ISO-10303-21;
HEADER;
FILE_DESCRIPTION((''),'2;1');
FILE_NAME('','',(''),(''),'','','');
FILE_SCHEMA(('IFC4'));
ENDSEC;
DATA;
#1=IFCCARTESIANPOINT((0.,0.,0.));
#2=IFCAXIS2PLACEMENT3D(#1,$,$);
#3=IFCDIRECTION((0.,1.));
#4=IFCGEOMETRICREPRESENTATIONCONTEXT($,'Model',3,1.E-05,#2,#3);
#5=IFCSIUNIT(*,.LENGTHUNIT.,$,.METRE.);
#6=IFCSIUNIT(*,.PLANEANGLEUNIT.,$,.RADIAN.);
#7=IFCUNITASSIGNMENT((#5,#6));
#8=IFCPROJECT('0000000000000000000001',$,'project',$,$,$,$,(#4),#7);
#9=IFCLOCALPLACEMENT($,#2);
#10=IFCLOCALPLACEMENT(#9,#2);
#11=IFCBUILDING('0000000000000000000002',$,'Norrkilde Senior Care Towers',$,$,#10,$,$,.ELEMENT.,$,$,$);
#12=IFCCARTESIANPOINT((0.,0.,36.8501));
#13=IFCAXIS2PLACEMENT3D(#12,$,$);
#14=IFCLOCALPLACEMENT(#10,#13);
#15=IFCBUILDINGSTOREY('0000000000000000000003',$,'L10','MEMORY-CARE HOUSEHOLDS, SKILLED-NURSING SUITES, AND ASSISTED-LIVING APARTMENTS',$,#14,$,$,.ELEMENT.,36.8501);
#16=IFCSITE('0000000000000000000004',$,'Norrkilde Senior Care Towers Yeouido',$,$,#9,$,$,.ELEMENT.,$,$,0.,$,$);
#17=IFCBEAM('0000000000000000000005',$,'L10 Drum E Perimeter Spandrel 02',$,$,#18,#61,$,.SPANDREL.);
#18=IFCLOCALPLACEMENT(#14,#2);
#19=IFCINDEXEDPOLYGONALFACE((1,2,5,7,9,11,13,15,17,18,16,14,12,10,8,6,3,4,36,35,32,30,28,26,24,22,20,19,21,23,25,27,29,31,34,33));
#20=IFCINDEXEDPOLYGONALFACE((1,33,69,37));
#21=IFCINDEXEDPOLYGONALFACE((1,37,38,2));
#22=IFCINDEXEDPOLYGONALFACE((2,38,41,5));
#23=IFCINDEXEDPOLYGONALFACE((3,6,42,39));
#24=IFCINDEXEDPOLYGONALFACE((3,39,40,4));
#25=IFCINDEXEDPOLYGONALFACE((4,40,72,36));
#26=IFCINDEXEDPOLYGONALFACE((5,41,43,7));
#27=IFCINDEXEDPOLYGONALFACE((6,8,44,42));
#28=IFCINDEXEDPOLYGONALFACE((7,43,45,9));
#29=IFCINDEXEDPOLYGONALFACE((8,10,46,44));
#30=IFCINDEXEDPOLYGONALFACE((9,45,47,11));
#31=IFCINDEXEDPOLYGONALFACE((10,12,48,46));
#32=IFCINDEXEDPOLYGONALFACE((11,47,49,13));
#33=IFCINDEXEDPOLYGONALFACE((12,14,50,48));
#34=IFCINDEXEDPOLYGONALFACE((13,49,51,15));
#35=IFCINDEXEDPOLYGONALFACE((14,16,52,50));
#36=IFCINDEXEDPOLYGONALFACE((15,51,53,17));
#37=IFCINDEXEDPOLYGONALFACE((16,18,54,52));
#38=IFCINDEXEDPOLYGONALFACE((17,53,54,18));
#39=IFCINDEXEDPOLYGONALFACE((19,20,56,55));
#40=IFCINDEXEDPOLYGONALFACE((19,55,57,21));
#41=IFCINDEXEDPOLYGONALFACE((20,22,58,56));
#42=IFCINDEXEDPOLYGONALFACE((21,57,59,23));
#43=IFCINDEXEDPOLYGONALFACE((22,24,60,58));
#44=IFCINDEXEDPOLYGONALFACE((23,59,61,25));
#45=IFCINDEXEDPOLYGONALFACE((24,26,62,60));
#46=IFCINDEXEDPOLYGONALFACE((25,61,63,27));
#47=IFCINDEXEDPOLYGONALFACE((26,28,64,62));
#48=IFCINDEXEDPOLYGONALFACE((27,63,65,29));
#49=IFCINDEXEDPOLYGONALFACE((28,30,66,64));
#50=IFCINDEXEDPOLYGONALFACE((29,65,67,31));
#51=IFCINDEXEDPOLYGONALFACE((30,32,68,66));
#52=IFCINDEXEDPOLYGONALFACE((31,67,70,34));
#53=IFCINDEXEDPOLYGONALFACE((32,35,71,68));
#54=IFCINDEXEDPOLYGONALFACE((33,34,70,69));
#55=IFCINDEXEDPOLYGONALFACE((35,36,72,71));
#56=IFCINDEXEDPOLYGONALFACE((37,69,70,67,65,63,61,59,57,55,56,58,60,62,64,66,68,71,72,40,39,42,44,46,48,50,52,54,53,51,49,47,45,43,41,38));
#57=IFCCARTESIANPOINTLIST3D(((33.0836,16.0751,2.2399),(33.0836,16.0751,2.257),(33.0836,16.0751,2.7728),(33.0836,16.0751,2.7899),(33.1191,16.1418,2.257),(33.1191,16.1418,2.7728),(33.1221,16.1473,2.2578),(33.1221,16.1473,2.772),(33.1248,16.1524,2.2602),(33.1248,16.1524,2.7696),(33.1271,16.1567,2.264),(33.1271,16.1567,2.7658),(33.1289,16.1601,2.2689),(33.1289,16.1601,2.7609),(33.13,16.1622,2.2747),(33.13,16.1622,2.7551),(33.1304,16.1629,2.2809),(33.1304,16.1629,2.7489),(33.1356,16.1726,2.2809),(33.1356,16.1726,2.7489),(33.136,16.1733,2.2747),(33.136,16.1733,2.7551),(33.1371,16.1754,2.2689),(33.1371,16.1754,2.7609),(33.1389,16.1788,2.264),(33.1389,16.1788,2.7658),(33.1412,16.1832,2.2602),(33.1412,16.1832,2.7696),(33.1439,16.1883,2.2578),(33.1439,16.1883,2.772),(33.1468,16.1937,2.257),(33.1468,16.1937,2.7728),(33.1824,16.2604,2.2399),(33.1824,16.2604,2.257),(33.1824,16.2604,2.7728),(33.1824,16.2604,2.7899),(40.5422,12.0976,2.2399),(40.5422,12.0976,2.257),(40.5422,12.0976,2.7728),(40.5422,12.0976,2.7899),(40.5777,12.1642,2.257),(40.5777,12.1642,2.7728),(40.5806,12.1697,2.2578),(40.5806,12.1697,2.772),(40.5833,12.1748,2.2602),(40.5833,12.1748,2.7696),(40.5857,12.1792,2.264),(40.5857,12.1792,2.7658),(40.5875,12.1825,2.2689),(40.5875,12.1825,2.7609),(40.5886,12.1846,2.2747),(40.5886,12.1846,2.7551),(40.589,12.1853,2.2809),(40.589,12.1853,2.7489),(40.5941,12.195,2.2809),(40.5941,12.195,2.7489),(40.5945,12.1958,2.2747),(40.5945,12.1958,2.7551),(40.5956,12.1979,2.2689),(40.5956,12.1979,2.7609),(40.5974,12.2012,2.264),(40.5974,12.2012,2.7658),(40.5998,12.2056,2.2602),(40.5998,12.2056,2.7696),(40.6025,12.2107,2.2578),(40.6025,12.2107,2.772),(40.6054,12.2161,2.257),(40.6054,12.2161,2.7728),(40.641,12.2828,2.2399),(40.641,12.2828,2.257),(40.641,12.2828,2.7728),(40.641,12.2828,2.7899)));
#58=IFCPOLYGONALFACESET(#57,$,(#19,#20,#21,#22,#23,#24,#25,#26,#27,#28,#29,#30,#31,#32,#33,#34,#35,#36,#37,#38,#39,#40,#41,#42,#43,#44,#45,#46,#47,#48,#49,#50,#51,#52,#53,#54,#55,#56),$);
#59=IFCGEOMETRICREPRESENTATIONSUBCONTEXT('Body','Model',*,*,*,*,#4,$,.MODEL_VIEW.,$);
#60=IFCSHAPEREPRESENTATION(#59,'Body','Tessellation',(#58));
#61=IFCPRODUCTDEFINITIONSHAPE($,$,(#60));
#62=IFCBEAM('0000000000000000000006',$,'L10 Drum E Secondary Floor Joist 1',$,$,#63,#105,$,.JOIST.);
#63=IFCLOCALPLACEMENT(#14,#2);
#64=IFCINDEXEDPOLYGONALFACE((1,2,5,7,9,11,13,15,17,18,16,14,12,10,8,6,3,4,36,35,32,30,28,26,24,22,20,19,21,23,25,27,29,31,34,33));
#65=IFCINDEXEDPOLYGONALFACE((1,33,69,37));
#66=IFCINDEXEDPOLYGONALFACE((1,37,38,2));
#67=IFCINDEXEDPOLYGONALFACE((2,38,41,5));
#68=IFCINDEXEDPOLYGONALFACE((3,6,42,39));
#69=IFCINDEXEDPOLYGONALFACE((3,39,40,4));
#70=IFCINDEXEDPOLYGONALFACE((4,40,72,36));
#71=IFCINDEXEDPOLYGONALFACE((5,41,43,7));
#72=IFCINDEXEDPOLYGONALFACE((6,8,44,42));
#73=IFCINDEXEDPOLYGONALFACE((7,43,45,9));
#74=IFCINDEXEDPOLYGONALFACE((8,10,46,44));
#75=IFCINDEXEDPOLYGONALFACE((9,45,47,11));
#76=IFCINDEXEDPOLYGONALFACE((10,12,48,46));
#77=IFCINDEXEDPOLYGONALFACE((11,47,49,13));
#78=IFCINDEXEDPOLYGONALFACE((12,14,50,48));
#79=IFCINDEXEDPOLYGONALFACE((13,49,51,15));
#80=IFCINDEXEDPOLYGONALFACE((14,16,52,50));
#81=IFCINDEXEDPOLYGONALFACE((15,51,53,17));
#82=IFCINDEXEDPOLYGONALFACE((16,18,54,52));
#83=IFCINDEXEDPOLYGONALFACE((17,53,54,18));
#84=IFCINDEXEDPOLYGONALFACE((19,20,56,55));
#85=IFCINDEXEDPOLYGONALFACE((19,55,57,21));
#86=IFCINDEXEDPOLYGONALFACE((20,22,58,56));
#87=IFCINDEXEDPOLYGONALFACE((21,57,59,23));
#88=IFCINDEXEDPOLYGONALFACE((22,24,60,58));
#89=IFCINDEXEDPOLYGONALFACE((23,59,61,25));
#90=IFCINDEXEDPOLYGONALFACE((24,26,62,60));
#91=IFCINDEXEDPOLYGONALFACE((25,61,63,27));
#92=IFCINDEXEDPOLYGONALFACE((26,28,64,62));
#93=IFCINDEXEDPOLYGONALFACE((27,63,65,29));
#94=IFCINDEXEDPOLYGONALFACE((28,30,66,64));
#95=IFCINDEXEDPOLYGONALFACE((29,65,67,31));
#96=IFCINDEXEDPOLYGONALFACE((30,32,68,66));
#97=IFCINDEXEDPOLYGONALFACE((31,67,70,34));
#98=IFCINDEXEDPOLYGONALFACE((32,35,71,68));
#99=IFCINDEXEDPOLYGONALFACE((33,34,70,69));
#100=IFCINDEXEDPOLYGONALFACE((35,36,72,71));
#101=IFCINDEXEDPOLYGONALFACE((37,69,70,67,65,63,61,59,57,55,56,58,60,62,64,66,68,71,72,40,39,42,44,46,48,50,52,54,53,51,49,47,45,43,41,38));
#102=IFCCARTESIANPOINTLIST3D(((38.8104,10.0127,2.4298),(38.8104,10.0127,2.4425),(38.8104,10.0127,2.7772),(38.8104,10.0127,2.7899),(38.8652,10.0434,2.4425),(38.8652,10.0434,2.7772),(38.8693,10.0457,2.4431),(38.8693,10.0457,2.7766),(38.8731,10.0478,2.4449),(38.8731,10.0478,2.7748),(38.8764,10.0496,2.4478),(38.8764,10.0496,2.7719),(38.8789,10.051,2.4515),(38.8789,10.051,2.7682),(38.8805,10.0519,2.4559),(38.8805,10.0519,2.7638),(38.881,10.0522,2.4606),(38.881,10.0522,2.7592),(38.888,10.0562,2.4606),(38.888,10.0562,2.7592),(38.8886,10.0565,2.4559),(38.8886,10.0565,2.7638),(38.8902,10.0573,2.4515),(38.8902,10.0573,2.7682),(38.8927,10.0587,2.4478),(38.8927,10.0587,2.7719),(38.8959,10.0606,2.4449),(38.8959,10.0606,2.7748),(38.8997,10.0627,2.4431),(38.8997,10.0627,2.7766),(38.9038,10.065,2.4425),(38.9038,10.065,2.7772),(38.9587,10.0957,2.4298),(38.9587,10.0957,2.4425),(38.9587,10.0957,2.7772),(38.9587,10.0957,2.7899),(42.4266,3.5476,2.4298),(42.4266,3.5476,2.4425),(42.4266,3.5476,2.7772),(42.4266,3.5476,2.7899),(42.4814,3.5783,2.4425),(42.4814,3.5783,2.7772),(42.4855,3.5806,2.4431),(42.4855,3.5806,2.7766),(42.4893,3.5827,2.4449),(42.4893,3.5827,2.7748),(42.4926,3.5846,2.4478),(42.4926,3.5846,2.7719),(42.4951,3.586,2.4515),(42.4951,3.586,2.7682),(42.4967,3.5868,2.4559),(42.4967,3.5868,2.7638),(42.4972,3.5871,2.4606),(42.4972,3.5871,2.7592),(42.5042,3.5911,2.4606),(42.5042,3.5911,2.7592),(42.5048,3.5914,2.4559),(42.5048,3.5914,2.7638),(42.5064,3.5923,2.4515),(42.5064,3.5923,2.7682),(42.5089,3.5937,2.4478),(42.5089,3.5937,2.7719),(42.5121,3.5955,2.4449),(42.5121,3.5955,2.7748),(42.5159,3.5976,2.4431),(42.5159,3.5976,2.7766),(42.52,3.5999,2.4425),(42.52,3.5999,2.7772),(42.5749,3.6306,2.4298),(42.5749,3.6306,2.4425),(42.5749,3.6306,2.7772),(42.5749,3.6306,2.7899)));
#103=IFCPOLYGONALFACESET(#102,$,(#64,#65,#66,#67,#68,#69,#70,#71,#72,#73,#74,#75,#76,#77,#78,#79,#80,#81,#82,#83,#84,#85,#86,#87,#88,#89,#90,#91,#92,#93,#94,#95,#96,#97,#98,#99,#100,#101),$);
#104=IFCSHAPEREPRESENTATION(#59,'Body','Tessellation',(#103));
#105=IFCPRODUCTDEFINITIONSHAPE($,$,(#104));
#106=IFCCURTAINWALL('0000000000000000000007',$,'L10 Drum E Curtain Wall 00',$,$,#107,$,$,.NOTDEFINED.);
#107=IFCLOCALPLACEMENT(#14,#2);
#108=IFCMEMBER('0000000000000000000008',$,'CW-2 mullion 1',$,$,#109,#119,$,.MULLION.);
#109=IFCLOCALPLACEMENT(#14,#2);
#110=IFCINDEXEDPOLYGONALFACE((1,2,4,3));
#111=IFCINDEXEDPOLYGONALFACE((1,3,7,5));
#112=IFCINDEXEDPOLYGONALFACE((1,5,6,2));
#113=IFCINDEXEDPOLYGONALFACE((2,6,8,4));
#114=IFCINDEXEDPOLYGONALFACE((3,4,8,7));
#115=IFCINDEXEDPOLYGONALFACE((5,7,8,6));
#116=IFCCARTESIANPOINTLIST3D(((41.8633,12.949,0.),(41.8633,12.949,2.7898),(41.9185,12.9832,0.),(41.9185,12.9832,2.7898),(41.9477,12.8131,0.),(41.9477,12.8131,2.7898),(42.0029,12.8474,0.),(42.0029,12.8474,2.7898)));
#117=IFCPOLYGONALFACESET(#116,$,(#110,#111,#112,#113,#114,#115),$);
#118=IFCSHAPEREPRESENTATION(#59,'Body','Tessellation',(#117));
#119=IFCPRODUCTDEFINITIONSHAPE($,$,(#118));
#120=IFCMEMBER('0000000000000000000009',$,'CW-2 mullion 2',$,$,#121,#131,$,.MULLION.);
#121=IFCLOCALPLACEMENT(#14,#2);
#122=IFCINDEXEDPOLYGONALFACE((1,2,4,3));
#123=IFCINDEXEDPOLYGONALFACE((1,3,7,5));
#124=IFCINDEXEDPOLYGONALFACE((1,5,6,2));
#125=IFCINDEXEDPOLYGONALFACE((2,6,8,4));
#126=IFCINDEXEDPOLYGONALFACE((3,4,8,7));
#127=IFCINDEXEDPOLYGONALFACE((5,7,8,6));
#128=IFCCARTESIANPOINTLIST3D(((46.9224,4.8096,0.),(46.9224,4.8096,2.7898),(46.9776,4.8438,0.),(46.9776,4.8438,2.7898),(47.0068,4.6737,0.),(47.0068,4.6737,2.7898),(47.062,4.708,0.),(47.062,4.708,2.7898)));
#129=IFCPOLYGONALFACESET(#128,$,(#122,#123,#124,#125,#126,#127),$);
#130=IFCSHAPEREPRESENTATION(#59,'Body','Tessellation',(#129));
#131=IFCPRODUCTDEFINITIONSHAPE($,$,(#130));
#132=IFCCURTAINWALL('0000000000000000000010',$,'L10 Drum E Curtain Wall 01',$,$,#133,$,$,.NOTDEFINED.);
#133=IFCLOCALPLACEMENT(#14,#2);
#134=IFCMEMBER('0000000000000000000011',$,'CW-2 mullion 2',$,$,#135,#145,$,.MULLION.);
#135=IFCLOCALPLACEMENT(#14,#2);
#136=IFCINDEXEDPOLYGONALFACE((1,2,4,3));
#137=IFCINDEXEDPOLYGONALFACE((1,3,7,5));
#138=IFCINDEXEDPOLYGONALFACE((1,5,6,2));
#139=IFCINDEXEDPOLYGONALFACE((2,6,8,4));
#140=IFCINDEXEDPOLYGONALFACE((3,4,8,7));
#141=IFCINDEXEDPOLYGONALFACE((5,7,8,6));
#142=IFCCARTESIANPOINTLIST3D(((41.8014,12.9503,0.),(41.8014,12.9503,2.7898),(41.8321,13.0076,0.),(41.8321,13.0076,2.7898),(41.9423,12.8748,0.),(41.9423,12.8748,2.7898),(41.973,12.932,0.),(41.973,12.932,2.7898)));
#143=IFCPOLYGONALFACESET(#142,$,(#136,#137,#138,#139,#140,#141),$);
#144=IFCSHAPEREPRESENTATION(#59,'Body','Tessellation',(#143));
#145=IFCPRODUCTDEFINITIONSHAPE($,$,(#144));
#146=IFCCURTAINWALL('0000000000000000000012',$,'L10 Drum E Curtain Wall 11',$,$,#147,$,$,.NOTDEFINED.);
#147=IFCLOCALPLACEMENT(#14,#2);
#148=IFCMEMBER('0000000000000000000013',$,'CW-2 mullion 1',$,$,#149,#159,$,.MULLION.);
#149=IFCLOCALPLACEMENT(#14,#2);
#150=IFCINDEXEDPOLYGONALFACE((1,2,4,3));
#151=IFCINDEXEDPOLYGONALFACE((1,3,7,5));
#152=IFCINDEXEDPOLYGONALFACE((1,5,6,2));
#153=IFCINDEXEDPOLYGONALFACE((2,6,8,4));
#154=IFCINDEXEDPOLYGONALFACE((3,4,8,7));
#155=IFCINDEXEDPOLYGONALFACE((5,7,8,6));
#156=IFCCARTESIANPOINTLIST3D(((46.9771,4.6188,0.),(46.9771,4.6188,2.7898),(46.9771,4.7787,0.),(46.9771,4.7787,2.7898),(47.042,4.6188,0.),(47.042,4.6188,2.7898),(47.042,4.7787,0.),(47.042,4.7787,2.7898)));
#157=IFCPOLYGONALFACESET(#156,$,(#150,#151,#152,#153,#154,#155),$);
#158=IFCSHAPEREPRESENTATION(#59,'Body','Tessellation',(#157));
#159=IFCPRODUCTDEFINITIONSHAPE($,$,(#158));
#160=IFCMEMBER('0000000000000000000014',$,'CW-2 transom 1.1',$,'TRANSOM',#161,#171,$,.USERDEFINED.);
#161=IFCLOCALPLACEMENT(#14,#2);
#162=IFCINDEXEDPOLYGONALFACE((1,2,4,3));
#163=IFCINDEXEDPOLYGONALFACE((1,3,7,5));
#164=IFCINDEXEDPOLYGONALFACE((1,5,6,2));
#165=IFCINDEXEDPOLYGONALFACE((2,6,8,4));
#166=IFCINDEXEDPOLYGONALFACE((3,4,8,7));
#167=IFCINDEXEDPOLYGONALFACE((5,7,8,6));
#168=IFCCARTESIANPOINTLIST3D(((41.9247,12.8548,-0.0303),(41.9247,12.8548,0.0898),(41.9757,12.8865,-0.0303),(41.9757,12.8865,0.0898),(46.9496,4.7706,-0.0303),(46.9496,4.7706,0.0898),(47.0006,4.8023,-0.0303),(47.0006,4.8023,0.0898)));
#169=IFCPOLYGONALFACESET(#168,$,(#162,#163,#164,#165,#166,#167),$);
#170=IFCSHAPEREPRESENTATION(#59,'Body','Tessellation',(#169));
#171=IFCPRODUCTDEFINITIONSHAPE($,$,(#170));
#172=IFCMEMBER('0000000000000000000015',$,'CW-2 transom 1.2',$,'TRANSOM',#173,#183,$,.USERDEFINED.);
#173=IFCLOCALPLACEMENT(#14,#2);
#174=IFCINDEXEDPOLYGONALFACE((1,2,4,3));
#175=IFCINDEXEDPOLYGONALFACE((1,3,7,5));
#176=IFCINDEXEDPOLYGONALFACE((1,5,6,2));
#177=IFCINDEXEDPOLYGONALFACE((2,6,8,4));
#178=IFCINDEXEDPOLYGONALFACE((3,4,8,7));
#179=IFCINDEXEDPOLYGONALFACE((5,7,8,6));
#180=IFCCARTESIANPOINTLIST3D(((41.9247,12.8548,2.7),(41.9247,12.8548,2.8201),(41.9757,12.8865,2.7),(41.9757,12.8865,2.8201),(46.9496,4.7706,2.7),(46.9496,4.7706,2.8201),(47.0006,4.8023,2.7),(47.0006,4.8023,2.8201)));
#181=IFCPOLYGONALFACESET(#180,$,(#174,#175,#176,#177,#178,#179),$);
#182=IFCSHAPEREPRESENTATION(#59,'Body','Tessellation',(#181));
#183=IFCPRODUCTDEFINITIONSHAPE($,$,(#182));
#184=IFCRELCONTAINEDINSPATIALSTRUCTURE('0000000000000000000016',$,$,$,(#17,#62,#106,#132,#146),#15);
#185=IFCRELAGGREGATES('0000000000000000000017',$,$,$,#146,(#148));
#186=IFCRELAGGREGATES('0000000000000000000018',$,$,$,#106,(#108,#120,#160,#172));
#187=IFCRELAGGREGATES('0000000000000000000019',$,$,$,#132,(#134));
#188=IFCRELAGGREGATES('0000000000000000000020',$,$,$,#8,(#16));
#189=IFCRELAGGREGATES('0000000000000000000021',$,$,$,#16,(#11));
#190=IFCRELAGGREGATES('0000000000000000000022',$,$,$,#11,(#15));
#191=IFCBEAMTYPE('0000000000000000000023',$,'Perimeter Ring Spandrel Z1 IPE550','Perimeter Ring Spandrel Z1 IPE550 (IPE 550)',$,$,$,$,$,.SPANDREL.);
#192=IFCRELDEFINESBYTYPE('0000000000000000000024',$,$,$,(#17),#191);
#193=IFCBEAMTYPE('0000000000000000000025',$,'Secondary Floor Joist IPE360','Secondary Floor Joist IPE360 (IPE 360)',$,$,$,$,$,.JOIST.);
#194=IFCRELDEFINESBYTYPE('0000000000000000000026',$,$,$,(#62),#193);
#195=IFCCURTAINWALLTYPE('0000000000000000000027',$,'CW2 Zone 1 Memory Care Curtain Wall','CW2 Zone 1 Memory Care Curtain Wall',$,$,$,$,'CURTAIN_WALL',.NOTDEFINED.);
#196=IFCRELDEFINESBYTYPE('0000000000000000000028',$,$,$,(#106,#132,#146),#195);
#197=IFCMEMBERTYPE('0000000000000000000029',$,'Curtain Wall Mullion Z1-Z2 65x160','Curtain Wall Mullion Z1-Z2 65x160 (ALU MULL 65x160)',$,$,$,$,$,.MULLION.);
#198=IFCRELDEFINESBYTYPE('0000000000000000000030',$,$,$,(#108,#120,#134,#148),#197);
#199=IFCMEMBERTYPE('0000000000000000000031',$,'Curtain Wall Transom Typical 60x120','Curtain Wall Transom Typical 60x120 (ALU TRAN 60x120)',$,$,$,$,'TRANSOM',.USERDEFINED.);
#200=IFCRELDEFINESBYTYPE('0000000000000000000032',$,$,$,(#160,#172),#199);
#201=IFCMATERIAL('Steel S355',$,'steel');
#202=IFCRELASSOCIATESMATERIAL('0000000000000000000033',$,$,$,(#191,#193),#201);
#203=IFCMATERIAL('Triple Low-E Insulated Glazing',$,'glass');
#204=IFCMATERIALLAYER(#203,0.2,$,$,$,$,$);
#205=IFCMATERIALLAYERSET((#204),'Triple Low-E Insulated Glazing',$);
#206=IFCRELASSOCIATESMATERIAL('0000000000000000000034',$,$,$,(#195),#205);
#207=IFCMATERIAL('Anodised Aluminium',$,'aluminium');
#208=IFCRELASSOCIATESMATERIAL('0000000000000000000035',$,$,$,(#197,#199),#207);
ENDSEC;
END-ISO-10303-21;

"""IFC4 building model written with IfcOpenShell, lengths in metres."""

from ifc_helpers import new_model, si_unit, direction, frame, origin, origin_2d, place, context, subcontext, project, spatial, rectangle, i_section, extrude, source, transform, mapped, material, layer, layer_set, material_profile, profile_set, type_object, type_shapes, element, aggregate, save


model = new_model("IFC4")

# Units and contexts
model_context = context("Model", 3, precision=1e-05, world=origin(), true_north=direction((0.0, 1.0)))
body_context = subcontext(model_context, "Body", "Model", "MODEL_VIEW")
ifc_project = project(units=[si_unit("LENGTHUNIT", "METRE"), si_unit("PLANEANGLEUNIT", "RADIAN")], contexts=[model_context])

# Site, building, storey
site_placement = place(None, origin())
site = spatial("IfcSite", under=ifc_project, at=site_placement, Name="Norrkilde Senior Care Towers Yeouido", CompositionType="ELEMENT", RefElevation=0.0)
building_placement = place(site_placement, origin())
building = spatial("IfcBuilding", under=site, at=building_placement, Name="Norrkilde Senior Care Towers", CompositionType="ELEMENT")
storey_placement = place(building_placement, frame((0.0, 0.0, 36.8501)))
storey = spatial("IfcBuildingStorey", under=building, at=storey_placement, Name="L10", Description="MEMORY-CARE HOUSEHOLDS, SKILLED-NURSING SUITES, AND ASSISTED-LIVING APARTMENTS", CompositionType="ELEMENT", Elevation=36.8501)

# Beams
ifc_material_1 = material(Name="Steel S355", Category="steel")
ifc_material_profile_1 = material_profile(ifc_material_1, i_section(OverallWidth=0.21, OverallDepth=0.55, WebThickness=0.011, FlangeThickness=0.0171, FilletRadius=0.0239, at=origin_2d()), Name="IPE 550")
ifc_profile_set_1 = profile_set([ifc_material_profile_1], Name="Steel S355")
beam_type_1 = type_object("IfcBeamType", Name="Perimeter Ring Spandrel Z1 IPE550", Description="Perimeter Ring Spandrel Z1 IPE550 (IPE 550)", PredefinedType="SPANDREL", material=ifc_profile_set_1)
shared_shape_1 = source(origin(), body_context, "Body", "SweptSolid", [
    extrude(i_section(OverallWidth=0.21, OverallDepth=0.55, WebThickness=0.011, FlangeThickness=0.0171, FilletRadius=0.0239, at=origin_2d()), origin(), (0.0, 0.0, 1.0), 8.4529),
])
beam_1_placement = place(storey_placement, frame((40.5916, 12.1902, 2.5149), z_axis=(-0.882369, 0.470558, 0.0), x_axis=(-0.470558, -0.882369, 0.0)))
element("IfcBeam", 1, at=beam_1_placement, inside=storey, type_object=beam_type_1, Name="L10 Drum E Perimeter Spandrel 02", PredefinedType="SPANDREL", context=body_context, shape_type="MappedRepresentation", body=[
    mapped(shared_shape_1, transform((0.0, 0.0, 0.0), x_axis=(1.0, 0.0, 0.0), y_axis=(0.0, 1.0, 0.0), z_axis=(0.0, 0.0, 1.0), scale=1.0)),
])
ifc_material_profile_2 = material_profile(ifc_material_1, i_section(OverallWidth=0.1699, OverallDepth=0.3601, WebThickness=0.0081, FlangeThickness=0.0127, FilletRadius=0.0181, at=origin_2d()), Name="IPE 360")
ifc_profile_set_2 = profile_set([ifc_material_profile_2], Name="Steel S355")
beam_type_2 = type_object("IfcBeamType", Name="Secondary Floor Joist IPE360", Description="Secondary Floor Joist IPE360 (IPE 360)", PredefinedType="JOIST", material=ifc_profile_set_2)
shared_shape_2 = source(origin(), body_context, "Body", "SweptSolid", [
    extrude(i_section(OverallWidth=0.1699, OverallDepth=0.3601, WebThickness=0.0081, FlangeThickness=0.0127, FilletRadius=0.0181, at=origin_2d()), origin(), (0.0, 0.0, 1.0), 7.4077),
])
type_shapes(beam_type_2, [shared_shape_2])
beam_2_placement = place(storey_placement, frame((42.5007, 3.5891, 2.6099), z_axis=(-0.488168, 0.87275, 0.0), x_axis=(-0.87275, -0.488168, 0.0)))
element("IfcBeam", 2, at=beam_2_placement, inside=storey, type_object=beam_type_2, Name="L10 Drum E Secondary Floor Joist 1", PredefinedType="JOIST", context=body_context, shape_type="MappedRepresentation", body=[
    mapped(shared_shape_2, transform((0.0, 0.0, 0.0), x_axis=(1.0, 0.0, 0.0), y_axis=(0.0, 1.0, 0.0), z_axis=(0.0, 0.0, 1.0), scale=1.0)),
])

# Curtain wall, members
ifc_material_2 = material(Name="Triple Low-E Insulated Glazing", Category="glass")
ifc_layer_1 = layer(ifc_material_2, 0.2)
ifc_layer_set_1 = layer_set([ifc_layer_1], Name="Triple Low-E Insulated Glazing")
curtain_wall_type = type_object("IfcCurtainWallType", Name="CW2 Zone 1 Memory Care Curtain Wall", Description="CW2 Zone 1 Memory Care Curtain Wall", ElementType="CURTAIN_WALL", PredefinedType="NOTDEFINED", material=ifc_layer_set_1)
curtain_wall_1_placement = place(storey_placement, origin())
curtain_wall_1 = element("IfcCurtainWall", 3, at=curtain_wall_1_placement, inside=storey, type_object=curtain_wall_type, Name="L10 Drum E Curtain Wall 00", PredefinedType="NOTDEFINED")
ifc_material_3 = material(Name="Anodised Aluminium", Category="aluminium")
ifc_material_profile_3 = material_profile(ifc_material_3, rectangle(XDim=0.0649, YDim=0.1599, at=origin_2d()), Name="ALU MULL 65x160")
ifc_profile_set_3 = profile_set([ifc_material_profile_3], Name="Anodised Aluminium")
member_type_1 = type_object("IfcMemberType", Name="Curtain Wall Mullion Z1-Z2 65x160", Description="Curtain Wall Mullion Z1-Z2 65x160 (ALU MULL 65x160)", PredefinedType="MULLION", material=ifc_profile_set_3)
shared_shape_3 = source(origin(), body_context, "Body", "SweptSolid", [
    extrude(rectangle(XDim=0.0649, YDim=0.1599, at=origin_2d()), origin(), (0.0, 0.0, 1.0), 2.7898),
])
type_shapes(member_type_1, [shared_shape_3])
member_1_placement = place(storey_placement, frame((41.9331, 12.8982, 0.0), z_axis=(0.0, 0.0, 1.0), x_axis=(0.849306, 0.527901, 0.0)))
member_1 = element("IfcMember", 4, at=member_1_placement, type_object=member_type_1, Name="CW-2 mullion 1", PredefinedType="MULLION", context=body_context, shape_type="MappedRepresentation", body=[
    mapped(shared_shape_3, transform((0.0, 0.0, 0.0), x_axis=(1.0, 0.0, 0.0), y_axis=(0.0, 1.0, 0.0), z_axis=(0.0, 0.0, 1.0), scale=1.0)),
])
member_2_placement = place(storey_placement, frame((46.9922, 4.7588, 0.0), z_axis=(0.0, 0.0, 1.0), x_axis=(0.849306, 0.527901, 0.0)))
member_2 = element("IfcMember", 5, at=member_2_placement, type_object=member_type_1, Name="CW-2 mullion 2", PredefinedType="MULLION", context=body_context, shape_type="MappedRepresentation", body=[
    mapped(shared_shape_3, transform((0.0, 0.0, 0.0), x_axis=(1.0, 0.0, 0.0), y_axis=(0.0, 1.0, 0.0), z_axis=(0.0, 0.0, 1.0), scale=1.0)),
])

# Curtain walls, members
curtain_wall_2_placement = place(storey_placement, origin())
curtain_wall_2 = element("IfcCurtainWall", 6, at=curtain_wall_2_placement, inside=storey, type_object=curtain_wall_type, Name="L10 Drum E Curtain Wall 01", PredefinedType="NOTDEFINED")
member_3_placement = place(storey_placement, frame((41.8872, 12.9412, 0.0), z_axis=(0.0, 0.0, 1.0), x_axis=(0.472608, 0.881273, 0.0)))
member_3 = element("IfcMember", 7, at=member_3_placement, type_object=member_type_1, Name="CW-2 mullion 2", PredefinedType="MULLION", context=body_context, shape_type="MappedRepresentation", body=[
    mapped(shared_shape_3, transform((0.0, 0.0, 0.0), x_axis=(1.0, 0.0, 0.0), y_axis=(0.0, 1.0, 0.0), z_axis=(0.0, 0.0, 1.0), scale=1.0)),
])
curtain_wall_3_placement = place(storey_placement, origin())
curtain_wall_3 = element("IfcCurtainWall", 8, at=curtain_wall_3_placement, inside=storey, type_object=curtain_wall_type, Name="L10 Drum E Curtain Wall 11", PredefinedType="NOTDEFINED")
member_4_placement = place(storey_placement, frame((47.0095, 4.6987, 0.0), z_axis=(0.0, 0.0, 1.0), x_axis=(1.0, 0.0, 0.0)))
member_4 = element("IfcMember", 9, at=member_4_placement, type_object=member_type_1, Name="CW-2 mullion 1", PredefinedType="MULLION", context=body_context, shape_type="MappedRepresentation", body=[
    mapped(shared_shape_3, transform((0.0, 0.0, 0.0), x_axis=(1.0, 0.0, 0.0), y_axis=(0.0, 1.0, 0.0), z_axis=(0.0, 0.0, 1.0), scale=1.0)),
])

# Members
ifc_material_profile_4 = material_profile(ifc_material_3, rectangle(XDim=0.0601, YDim=0.1201, at=origin_2d()), Name="ALU TRAN 60x120")
ifc_profile_set_4 = profile_set([ifc_material_profile_4], Name="Anodised Aluminium")
member_type_2 = type_object("IfcMemberType", Name="Curtain Wall Transom Typical 60x120", Description="Curtain Wall Transom Typical 60x120 (ALU TRAN 60x120)", ElementType="TRANSOM", PredefinedType="USERDEFINED", material=ifc_profile_set_4)
shared_shape_4 = source(origin(), body_context, "Body", "SweptSolid", [
    extrude(rectangle(XDim=0.0601, YDim=0.1201, at=origin_2d()), origin(), (0.0, 0.0, 1.0), 9.5186),
])
member_5_placement = place(storey_placement, frame((41.9502, 12.8706, 0.0298), z_axis=(0.527902, -0.849306, 0.0), x_axis=(0.849306, 0.527902, 0.0)))
member_5 = element("IfcMember", 10, at=member_5_placement, type_object=member_type_2, Name="CW-2 transom 1.1", ObjectType="TRANSOM", PredefinedType="USERDEFINED", context=body_context, shape_type="MappedRepresentation", body=[
    mapped(shared_shape_4, transform((0.0, 0.0, 0.0), x_axis=(1.0, 0.0, 0.0), y_axis=(0.0, 1.0, 0.0), z_axis=(0.0, 0.0, 1.0), scale=1.0)),
])
member_6_placement = place(storey_placement, frame((41.9502, 12.8706, 2.76), z_axis=(0.527902, -0.849306, 0.0), x_axis=(0.849306, 0.527902, 0.0)))
member_6 = element("IfcMember", 11, at=member_6_placement, type_object=member_type_2, Name="CW-2 transom 1.2", ObjectType="TRANSOM", PredefinedType="USERDEFINED", context=body_context, shape_type="MappedRepresentation", body=[
    mapped(shared_shape_4, transform((0.0, 0.0, 0.0), x_axis=(1.0, 0.0, 0.0), y_axis=(0.0, 1.0, 0.0), z_axis=(0.0, 0.0, 1.0), scale=1.0)),
])
aggregate(curtain_wall_3, [member_4])

aggregate(curtain_wall_1, [member_1, member_2, member_5, member_6])
aggregate(curtain_wall_2, [member_3])

save(model, "model.ifc")
